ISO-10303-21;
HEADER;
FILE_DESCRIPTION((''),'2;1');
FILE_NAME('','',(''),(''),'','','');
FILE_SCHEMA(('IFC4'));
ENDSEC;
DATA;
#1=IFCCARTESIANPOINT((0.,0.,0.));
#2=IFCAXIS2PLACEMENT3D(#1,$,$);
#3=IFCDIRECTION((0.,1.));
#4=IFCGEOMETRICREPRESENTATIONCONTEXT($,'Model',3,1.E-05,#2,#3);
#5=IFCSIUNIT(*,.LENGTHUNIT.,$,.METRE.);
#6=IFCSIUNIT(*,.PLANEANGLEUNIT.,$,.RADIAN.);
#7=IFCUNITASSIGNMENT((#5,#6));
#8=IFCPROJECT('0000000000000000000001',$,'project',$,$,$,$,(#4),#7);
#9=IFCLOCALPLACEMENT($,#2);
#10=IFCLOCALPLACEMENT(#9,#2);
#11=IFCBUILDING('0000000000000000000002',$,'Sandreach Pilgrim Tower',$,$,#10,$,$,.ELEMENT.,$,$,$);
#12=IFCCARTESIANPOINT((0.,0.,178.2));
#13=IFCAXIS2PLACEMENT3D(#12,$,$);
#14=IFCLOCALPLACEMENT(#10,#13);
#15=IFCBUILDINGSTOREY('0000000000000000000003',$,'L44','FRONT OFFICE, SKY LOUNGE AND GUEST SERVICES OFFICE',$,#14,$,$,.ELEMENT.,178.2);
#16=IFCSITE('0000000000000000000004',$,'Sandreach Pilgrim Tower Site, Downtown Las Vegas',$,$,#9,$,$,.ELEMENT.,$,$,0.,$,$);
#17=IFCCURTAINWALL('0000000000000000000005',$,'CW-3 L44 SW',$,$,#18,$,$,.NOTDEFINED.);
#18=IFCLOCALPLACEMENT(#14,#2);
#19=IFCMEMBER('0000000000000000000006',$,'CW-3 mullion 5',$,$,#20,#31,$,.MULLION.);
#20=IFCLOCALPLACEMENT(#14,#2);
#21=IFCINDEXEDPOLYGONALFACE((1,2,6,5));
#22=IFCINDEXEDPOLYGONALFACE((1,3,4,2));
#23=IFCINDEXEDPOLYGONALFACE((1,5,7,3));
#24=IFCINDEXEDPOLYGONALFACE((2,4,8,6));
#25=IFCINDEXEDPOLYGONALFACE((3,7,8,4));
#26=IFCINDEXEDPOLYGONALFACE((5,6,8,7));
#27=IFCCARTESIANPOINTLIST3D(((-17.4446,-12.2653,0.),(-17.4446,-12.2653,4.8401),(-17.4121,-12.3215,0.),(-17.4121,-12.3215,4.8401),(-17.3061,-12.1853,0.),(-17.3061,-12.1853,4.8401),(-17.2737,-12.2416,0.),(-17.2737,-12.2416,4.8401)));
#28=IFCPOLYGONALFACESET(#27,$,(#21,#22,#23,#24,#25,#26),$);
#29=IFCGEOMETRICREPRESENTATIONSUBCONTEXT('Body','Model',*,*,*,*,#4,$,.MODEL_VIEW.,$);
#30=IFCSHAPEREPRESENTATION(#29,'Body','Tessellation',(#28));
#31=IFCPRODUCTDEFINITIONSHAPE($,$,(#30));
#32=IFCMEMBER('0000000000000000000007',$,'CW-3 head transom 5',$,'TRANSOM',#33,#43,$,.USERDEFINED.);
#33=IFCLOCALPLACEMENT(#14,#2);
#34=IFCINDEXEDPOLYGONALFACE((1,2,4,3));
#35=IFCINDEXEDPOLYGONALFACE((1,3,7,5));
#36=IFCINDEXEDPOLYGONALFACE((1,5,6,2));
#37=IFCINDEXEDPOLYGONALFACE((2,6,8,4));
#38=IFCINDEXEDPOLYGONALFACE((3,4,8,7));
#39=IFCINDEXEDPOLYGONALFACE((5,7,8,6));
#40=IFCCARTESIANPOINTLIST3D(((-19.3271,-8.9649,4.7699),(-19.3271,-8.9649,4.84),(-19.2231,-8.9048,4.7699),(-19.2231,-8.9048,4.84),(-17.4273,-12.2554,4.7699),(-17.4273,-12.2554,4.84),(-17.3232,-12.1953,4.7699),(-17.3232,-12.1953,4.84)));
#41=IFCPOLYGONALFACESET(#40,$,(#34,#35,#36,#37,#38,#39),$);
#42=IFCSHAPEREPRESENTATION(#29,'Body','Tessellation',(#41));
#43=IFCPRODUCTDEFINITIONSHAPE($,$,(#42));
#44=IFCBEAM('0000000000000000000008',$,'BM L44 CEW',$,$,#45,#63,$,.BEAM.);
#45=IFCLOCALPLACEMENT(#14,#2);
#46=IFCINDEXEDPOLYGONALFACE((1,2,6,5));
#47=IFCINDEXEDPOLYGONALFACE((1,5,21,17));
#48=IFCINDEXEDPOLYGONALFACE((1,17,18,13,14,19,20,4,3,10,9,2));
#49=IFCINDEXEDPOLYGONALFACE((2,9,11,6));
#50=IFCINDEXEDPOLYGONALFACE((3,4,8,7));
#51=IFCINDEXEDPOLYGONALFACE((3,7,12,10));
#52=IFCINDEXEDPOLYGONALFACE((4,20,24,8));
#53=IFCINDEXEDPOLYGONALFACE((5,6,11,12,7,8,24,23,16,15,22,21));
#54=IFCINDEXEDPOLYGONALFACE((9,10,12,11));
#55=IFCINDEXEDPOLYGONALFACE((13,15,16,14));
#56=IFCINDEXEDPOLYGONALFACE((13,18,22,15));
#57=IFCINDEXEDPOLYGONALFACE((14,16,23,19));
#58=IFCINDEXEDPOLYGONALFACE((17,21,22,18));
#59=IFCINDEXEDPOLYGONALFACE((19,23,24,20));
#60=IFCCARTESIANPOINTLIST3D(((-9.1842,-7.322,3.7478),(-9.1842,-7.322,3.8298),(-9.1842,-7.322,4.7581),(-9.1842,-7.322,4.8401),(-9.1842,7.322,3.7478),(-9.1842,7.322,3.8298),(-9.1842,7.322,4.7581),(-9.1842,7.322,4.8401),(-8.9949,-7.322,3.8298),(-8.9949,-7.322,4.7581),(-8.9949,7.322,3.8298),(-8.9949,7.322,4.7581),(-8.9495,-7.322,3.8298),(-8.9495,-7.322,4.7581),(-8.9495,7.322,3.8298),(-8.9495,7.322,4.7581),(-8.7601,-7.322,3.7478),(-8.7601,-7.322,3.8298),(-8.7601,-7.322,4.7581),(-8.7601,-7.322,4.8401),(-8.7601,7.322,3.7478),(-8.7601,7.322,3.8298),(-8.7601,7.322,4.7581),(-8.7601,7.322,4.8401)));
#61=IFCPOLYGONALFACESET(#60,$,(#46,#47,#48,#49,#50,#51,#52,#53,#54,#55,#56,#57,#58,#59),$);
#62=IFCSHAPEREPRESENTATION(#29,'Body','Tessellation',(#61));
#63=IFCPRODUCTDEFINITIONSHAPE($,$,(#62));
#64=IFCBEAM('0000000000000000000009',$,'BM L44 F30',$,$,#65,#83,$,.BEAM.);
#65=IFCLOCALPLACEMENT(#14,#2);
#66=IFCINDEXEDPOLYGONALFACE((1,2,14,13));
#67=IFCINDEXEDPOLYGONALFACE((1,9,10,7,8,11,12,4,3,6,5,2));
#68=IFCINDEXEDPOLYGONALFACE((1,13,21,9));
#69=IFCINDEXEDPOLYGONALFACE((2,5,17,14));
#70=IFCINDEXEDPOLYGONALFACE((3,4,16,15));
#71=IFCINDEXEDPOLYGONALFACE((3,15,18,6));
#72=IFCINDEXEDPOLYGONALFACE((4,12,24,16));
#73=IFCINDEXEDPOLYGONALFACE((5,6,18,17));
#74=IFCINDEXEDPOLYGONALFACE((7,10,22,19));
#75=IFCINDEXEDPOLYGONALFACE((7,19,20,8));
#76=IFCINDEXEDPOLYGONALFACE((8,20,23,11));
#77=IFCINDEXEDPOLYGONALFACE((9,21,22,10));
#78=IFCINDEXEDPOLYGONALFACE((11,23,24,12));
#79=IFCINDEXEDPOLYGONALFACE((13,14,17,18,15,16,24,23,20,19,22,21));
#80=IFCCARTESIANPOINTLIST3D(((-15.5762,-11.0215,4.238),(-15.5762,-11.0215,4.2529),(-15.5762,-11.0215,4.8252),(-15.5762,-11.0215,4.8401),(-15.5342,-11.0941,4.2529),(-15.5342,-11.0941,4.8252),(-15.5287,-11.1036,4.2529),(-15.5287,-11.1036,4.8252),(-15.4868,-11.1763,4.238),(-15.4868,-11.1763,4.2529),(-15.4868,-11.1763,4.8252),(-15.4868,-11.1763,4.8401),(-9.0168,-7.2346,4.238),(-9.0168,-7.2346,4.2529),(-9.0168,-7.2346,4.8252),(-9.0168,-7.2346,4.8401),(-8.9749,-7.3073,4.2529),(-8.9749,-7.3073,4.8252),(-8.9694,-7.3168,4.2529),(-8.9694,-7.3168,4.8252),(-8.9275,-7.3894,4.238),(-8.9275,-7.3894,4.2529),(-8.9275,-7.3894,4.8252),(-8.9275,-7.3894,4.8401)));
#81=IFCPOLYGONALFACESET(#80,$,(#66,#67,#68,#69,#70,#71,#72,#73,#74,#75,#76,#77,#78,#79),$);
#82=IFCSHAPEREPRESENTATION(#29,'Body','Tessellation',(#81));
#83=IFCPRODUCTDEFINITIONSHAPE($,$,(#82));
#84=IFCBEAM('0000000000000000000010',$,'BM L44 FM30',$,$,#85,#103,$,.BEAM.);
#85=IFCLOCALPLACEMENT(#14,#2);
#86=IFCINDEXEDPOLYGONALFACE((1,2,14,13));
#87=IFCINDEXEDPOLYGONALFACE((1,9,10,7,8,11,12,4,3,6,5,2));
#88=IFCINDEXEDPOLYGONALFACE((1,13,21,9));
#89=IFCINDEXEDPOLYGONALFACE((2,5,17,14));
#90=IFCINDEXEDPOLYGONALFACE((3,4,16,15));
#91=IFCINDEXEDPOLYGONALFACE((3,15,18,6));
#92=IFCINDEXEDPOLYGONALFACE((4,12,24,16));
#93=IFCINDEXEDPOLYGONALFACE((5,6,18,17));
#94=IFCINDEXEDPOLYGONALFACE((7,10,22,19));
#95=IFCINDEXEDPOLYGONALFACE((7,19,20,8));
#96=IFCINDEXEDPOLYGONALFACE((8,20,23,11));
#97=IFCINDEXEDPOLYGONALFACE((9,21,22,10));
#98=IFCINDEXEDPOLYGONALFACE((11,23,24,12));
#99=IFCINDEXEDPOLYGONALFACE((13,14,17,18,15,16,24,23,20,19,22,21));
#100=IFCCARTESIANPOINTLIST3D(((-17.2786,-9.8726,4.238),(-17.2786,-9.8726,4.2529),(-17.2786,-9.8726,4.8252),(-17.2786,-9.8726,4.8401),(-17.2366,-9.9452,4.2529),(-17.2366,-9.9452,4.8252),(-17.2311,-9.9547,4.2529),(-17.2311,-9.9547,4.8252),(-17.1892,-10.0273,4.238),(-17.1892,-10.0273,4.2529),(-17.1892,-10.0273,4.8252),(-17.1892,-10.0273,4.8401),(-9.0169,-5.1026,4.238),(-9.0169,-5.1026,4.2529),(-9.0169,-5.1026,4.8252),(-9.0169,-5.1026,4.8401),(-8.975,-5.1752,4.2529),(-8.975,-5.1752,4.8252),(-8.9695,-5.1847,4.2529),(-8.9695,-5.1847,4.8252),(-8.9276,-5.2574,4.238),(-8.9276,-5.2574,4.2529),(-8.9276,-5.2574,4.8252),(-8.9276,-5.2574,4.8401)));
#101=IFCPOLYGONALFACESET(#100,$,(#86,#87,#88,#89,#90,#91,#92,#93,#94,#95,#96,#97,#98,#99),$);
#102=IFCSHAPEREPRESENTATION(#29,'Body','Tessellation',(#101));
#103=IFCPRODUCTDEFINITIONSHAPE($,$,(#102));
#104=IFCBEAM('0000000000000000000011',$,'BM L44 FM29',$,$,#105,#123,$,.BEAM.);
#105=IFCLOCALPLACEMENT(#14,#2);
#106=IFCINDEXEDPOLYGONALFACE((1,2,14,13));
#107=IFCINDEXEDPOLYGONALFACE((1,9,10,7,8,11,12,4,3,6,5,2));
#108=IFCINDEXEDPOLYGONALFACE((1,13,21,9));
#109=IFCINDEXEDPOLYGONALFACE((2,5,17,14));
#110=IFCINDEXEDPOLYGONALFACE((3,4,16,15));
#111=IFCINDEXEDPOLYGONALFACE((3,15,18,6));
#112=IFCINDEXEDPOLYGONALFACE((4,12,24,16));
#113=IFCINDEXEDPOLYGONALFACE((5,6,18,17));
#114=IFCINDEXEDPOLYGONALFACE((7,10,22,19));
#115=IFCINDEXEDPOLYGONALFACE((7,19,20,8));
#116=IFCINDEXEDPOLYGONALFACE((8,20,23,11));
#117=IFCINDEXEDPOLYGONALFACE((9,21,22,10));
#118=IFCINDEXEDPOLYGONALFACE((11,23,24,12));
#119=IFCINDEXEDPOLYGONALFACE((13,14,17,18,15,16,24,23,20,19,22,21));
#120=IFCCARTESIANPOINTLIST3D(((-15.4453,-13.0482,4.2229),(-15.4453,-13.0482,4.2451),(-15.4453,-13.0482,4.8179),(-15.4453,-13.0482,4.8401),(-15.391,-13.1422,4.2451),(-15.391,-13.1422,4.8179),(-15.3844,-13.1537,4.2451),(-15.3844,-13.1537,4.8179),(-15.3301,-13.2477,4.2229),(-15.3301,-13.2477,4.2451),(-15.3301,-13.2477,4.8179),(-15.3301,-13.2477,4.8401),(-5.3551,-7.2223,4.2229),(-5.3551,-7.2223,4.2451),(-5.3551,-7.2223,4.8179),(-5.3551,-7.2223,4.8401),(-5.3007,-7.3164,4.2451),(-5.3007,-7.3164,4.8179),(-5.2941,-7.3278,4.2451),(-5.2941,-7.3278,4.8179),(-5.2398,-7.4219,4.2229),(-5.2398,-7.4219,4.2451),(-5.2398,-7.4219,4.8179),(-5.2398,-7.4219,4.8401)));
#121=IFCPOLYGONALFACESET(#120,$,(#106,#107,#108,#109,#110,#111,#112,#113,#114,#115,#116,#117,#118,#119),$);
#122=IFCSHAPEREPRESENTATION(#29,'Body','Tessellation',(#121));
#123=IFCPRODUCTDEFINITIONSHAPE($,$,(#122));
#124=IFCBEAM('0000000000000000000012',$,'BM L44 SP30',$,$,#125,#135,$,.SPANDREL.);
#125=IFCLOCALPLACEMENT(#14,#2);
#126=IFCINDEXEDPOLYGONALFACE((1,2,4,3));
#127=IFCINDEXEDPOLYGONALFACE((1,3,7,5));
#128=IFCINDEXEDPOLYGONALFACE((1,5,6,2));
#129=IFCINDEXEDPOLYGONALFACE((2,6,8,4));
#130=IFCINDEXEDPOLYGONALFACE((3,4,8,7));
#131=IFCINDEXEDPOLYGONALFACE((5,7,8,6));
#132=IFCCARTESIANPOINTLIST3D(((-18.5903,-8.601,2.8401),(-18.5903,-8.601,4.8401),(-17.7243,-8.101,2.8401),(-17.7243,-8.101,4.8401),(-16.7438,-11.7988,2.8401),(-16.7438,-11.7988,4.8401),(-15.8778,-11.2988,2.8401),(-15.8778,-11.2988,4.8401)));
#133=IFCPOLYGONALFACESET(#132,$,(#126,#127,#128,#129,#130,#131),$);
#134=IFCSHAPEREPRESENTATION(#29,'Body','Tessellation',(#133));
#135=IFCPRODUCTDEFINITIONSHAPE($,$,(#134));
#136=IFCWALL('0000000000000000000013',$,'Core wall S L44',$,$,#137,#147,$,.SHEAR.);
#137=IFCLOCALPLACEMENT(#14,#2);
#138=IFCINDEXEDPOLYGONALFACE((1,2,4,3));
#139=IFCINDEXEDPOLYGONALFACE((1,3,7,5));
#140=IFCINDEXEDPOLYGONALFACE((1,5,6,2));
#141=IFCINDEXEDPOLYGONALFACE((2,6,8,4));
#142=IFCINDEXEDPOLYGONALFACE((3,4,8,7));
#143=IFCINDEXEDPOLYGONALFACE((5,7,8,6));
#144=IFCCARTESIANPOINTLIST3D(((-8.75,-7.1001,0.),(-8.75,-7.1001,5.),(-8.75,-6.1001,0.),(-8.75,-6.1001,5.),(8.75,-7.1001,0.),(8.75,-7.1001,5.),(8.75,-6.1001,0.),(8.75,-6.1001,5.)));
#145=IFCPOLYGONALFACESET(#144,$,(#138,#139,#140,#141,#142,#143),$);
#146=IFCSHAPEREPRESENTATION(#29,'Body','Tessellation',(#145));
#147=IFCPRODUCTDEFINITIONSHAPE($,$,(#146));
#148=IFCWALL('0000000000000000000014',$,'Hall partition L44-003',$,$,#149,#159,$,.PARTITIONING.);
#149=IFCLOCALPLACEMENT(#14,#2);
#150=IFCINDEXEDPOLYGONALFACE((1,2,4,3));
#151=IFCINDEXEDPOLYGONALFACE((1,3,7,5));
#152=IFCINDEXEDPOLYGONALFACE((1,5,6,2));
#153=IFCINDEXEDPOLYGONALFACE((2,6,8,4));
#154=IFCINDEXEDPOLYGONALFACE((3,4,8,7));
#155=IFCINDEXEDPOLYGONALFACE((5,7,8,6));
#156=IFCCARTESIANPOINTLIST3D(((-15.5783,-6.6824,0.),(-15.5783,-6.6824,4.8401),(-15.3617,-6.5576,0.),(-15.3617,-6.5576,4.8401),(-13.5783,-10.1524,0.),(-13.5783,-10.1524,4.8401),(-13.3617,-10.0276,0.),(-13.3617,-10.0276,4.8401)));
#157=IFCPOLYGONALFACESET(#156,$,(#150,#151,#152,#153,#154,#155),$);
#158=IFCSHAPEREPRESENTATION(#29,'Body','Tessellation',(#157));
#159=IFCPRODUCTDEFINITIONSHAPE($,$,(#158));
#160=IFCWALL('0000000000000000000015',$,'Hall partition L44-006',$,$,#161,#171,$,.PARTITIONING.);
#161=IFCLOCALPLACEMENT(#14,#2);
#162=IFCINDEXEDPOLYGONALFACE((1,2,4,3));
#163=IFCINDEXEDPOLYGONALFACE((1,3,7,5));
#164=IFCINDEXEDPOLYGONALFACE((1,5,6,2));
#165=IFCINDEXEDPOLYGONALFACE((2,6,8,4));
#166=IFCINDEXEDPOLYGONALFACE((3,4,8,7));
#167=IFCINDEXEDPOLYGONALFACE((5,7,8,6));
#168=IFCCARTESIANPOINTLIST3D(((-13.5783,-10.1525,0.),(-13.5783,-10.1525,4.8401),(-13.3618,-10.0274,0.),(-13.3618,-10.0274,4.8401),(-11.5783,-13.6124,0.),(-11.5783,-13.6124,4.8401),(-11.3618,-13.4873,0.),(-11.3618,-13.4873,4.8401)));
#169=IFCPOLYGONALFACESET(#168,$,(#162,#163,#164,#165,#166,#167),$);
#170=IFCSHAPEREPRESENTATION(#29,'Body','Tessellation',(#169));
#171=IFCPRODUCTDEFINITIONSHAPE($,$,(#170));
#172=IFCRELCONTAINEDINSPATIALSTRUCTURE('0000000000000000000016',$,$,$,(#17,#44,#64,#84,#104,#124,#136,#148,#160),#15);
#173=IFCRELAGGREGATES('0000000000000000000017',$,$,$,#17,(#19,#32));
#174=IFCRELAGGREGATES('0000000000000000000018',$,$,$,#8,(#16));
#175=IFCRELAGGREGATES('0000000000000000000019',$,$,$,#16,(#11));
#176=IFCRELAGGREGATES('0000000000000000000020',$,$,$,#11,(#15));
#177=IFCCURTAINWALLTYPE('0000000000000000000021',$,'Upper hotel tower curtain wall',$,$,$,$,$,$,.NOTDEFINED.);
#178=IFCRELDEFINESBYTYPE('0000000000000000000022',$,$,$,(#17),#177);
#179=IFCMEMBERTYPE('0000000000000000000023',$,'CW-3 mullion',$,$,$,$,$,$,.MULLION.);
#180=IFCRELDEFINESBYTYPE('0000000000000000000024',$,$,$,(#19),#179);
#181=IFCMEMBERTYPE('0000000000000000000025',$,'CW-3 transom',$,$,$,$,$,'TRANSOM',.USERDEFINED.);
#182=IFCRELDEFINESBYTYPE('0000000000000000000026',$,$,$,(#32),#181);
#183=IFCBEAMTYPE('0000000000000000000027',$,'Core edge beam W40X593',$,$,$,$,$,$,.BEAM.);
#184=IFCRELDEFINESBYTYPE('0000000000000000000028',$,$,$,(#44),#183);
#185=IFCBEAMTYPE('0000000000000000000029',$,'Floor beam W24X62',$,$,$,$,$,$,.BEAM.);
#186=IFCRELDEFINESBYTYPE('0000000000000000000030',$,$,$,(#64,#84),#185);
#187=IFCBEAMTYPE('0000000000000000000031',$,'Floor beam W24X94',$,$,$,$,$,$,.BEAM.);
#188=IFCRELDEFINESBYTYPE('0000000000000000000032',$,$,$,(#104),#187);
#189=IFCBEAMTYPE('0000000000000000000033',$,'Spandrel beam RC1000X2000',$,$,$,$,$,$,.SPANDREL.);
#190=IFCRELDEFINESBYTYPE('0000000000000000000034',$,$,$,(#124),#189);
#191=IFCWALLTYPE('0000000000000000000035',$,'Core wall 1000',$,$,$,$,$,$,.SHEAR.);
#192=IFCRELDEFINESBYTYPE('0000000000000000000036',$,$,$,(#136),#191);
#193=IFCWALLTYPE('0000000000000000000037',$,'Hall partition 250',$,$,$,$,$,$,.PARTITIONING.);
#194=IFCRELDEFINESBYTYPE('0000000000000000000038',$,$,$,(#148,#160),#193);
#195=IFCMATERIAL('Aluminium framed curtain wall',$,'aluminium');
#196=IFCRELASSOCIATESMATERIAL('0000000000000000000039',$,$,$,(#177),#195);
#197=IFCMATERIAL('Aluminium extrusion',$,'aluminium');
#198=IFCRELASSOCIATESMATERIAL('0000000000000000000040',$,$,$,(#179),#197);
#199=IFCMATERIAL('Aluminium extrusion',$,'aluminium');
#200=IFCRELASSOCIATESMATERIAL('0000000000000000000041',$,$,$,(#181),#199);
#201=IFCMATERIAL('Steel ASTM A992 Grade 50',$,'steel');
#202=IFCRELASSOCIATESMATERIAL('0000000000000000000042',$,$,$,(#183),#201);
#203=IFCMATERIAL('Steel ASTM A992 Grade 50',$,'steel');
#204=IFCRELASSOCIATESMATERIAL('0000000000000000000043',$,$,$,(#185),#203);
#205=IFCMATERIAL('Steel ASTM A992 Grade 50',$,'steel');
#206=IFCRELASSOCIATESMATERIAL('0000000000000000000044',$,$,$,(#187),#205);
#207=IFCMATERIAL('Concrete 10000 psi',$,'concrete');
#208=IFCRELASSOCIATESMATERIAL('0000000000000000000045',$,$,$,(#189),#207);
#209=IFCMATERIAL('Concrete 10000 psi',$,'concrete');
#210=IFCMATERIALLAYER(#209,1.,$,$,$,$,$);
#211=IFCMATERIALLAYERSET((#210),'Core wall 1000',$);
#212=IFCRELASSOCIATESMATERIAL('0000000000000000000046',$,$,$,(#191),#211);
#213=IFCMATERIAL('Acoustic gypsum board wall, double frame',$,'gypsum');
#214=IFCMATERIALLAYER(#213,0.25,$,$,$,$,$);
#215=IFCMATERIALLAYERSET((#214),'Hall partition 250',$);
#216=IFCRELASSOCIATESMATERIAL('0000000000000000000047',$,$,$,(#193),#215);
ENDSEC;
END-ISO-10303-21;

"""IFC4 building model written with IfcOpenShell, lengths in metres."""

from ifc_helpers import new_model, si_unit, direction, frame, frame_2d, origin, origin_2d, place, context, subcontext, project, spatial, rectangle, i_section, extrude, material, layer, layer_set, material_profile, profile_set, type_object, element, aggregate, save


model = new_model("IFC4")

# Units and contexts
model_context = context("Model", 3, precision=1e-05, world=origin(), true_north=direction((0.0, 1.0)))
body_context = subcontext(model_context, "Body", "Model", "MODEL_VIEW")
ifc_project = project(units=[si_unit("LENGTHUNIT", "METRE"), si_unit("PLANEANGLEUNIT", "RADIAN")], contexts=[model_context])

# Site, building, storey
site_placement = place(None, origin())
site = spatial("IfcSite", under=ifc_project, at=site_placement, Name="Sandreach Pilgrim Tower Site, Downtown Las Vegas", CompositionType="ELEMENT", RefElevation=0.0)
building_placement = place(site_placement, origin())
building = spatial("IfcBuilding", under=site, at=building_placement, Name="Sandreach Pilgrim Tower", CompositionType="ELEMENT")
storey_placement = place(building_placement, frame((0.0, 0.0, 178.2)))
storey = spatial("IfcBuildingStorey", under=building, at=storey_placement, Name="L44", Description="FRONT OFFICE, SKY LOUNGE AND GUEST SERVICES OFFICE", CompositionType="ELEMENT", Elevation=178.2)

# Curtain wall, members
ifc_material_1 = material(Name="Aluminium framed curtain wall", Category="aluminium")
curtain_wall_type = type_object("IfcCurtainWallType", Name="Upper hotel tower curtain wall", PredefinedType="NOTDEFINED", material=ifc_material_1)
curtain_wall_placement = place(storey_placement, origin())
curtain_wall = element("IfcCurtainWall", 1, at=curtain_wall_placement, inside=storey, type_object=curtain_wall_type, Name="CW-3 L44 SW", PredefinedType="NOTDEFINED")
ifc_material_2 = material(Name="Aluminium extrusion", Category="aluminium")
ifc_material_profile_1 = material_profile(ifc_material_2, rectangle(XDim=0.0649, YDim=0.1599, at=origin_2d()), Name="CW-3M 65X160")
ifc_profile_set_1 = profile_set([ifc_material_profile_1], Name="Aluminium extrusion")
member_type_1 = type_object("IfcMemberType", Name="CW-3 mullion", PredefinedType="MULLION", material=ifc_profile_set_1)
member_1_placement = place(storey_placement, frame((-17.3591, -12.2534, 0.0), z_axis=(0.0, 0.0, 1.0), x_axis=(-0.5, 0.866025, 0.0)))
member_1 = element("IfcMember", 2, at=member_1_placement, type_object=member_type_1, Name="CW-3 mullion 5", PredefinedType="MULLION", context=body_context, shape_type="SweptSolid", body=[
    extrude(rectangle(XDim=0.0649, YDim=0.1599, at=origin_2d()), origin(), (0.0, 0.0, 1.0), 4.8401),
])
ifc_material_3 = material(Name="Aluminium extrusion", Category="aluminium")
ifc_material_profile_2 = material_profile(ifc_material_3, rectangle(XDim=0.1201, YDim=0.0701, at=origin_2d()), Name="CW-3T 120X70")
ifc_profile_set_2 = profile_set([ifc_material_profile_2], Name="Aluminium extrusion")
member_type_2 = type_object("IfcMemberType", Name="CW-3 transom", ElementType="TRANSOM", PredefinedType="USERDEFINED", material=ifc_profile_set_2)
member_2_placement = place(storey_placement, frame((-17.3752, -12.2253, 4.8049), z_axis=(-0.500023, 0.866012, 0.0), x_axis=(-0.866012, -0.500023, 0.0)))
member_2 = element("IfcMember", 3, at=member_2_placement, type_object=member_type_2, Name="CW-3 head transom 5", ObjectType="TRANSOM", PredefinedType="USERDEFINED", context=body_context, shape_type="SweptSolid", body=[
    extrude(rectangle(XDim=0.1201, YDim=0.0701, at=origin_2d()), origin(), (0.0, 0.0, 1.0), 3.7996),
])
aggregate(curtain_wall, [member_1, member_2])

# Beams
ifc_material_4 = material(Name="Steel ASTM A992 Grade 50", Category="steel")
ifc_material_profile_3 = material_profile(ifc_material_4, i_section(OverallWidth=0.4241, OverallDepth=1.0923, WebThickness=0.0454, FlangeThickness=0.082, at=origin_2d()), Name="W40X593")
ifc_profile_set_3 = profile_set([ifc_material_profile_3], Name="Steel ASTM A992 Grade 50")
beam_type_1 = type_object("IfcBeamType", Name="Core edge beam W40X593", PredefinedType="BEAM", material=ifc_profile_set_3)
beam_1_placement = place(storey_placement, frame((-8.9722, -7.322, 4.2939), z_axis=(0.0, 1.0, 0.0), x_axis=(-1.0, 0.0, 0.0)))
element("IfcBeam", 4, at=beam_1_placement, inside=storey, type_object=beam_type_1, Name="BM L44 CEW", PredefinedType="BEAM", context=body_context, shape_type="SweptSolid", body=[
    extrude(i_section(OverallWidth=0.4241, OverallDepth=1.0923, WebThickness=0.0454, FlangeThickness=0.082, at=origin_2d()), origin(), (0.0, 0.0, 1.0), 14.644),
])
ifc_material_5 = material(Name="Steel ASTM A992 Grade 50", Category="steel")
ifc_material_profile_4 = material_profile(ifc_material_5, i_section(OverallWidth=0.1787, OverallDepth=0.6021, WebThickness=0.011, FlangeThickness=0.0149, at=origin_2d()), Name="W24X62")
ifc_profile_set_4 = profile_set([ifc_material_profile_4], Name="Steel ASTM A992 Grade 50")
beam_type_2 = type_object("IfcBeamType", Name="Floor beam W24X62", PredefinedType="BEAM", material=ifc_profile_set_4)
beam_2_placement = place(storey_placement, frame((-15.5315, -11.0989, 4.5391), z_axis=(0.866035, 0.499984, 0.0), x_axis=(-0.499984, 0.866035, 0.0)))
element("IfcBeam", 5, at=beam_2_placement, inside=storey, type_object=beam_type_2, Name="BM L44 F30", PredefinedType="BEAM", context=body_context, shape_type="SweptSolid", body=[
    extrude(i_section(OverallWidth=0.1787, OverallDepth=0.6021, WebThickness=0.011, FlangeThickness=0.0149, at=origin_2d()), origin(), (0.0, 0.0, 1.0), 7.574),
])
beam_3_placement = place(storey_placement, frame((-17.2339, -9.95, 4.5391), z_axis=(0.86602, 0.500009, 0.0), x_axis=(-0.500009, 0.86602, 0.0)))
element("IfcBeam", 6, at=beam_3_placement, inside=storey, type_object=beam_type_2, Name="BM L44 FM30", PredefinedType="BEAM", context=body_context, shape_type="SweptSolid", body=[
    extrude(i_section(OverallWidth=0.1787, OverallDepth=0.6021, WebThickness=0.011, FlangeThickness=0.0149, at=origin_2d()), origin(), (0.0, 0.0, 1.0), 9.5398),
])
ifc_material_6 = material(Name="Steel ASTM A992 Grade 50", Category="steel")
ifc_material_profile_5 = material_profile(ifc_material_6, i_section(OverallWidth=0.2305, OverallDepth=0.6172, WebThickness=0.0132, FlangeThickness=0.0222, at=origin_2d()), Name="W24X94")
ifc_profile_set_5 = profile_set([ifc_material_profile_5], Name="Steel ASTM A992 Grade 50")
beam_type_3 = type_object("IfcBeamType", Name="Floor beam W24X94", PredefinedType="BEAM", material=ifc_profile_set_5)
beam_4_placement = place(storey_placement, frame((-15.3877, -13.1479, 4.5315), z_axis=(0.866015, 0.500017, 0.0), x_axis=(-0.500017, 0.866015, 0.0)))
element("IfcBeam", 7, at=beam_4_placement, inside=storey, type_object=beam_type_3, Name="BM L44 FM29", PredefinedType="BEAM", context=body_context, shape_type="SweptSolid", body=[
    extrude(i_section(OverallWidth=0.2305, OverallDepth=0.6172, WebThickness=0.0132, FlangeThickness=0.0222, at=origin_2d()), origin(), (0.0, 0.0, 1.0), 11.6514),
])
ifc_material_7 = material(Name="Concrete 10000 psi", Category="concrete")
ifc_material_profile_6 = material_profile(ifc_material_7, rectangle(XDim=1.0, YDim=2.0, at=origin_2d()), Name="RC1000X2000")
ifc_profile_set_6 = profile_set([ifc_material_profile_6], Name="Concrete 10000 psi")
beam_type_4 = type_object("IfcBeamType", Name="Spandrel beam RC1000X2000", PredefinedType="SPANDREL", material=ifc_profile_set_6)
beam_5_placement = place(storey_placement, frame((-16.3108, -11.5488, 3.8401), z_axis=(-0.500043, 0.866001, 0.0), x_axis=(-0.866001, -0.500043, 0.0)))
element("IfcBeam", 8, at=beam_5_placement, inside=storey, type_object=beam_type_4, Name="BM L44 SP30", PredefinedType="SPANDREL", context=body_context, shape_type="SweptSolid", body=[
    extrude(rectangle(XDim=1.0, YDim=2.0, at=origin_2d()), origin(), (0.0, 0.0, 1.0), 3.6926),
])

# Walls
ifc_material_8 = material(Name="Concrete 10000 psi", Category="concrete")
ifc_layer_1 = layer(ifc_material_8, 1.0)
ifc_layer_set_1 = layer_set([ifc_layer_1], Name="Core wall 1000")
wall_type_1 = type_object("IfcWallType", Name="Core wall 1000", PredefinedType="SHEAR", material=ifc_layer_set_1)
wall_1_placement = place(storey_placement, frame((-8.75, -6.6001, 0.0), z_axis=(0.0, 0.0, 1.0), x_axis=(1.0, 0.0, 0.0)))
element("IfcWall", 9, at=wall_1_placement, inside=storey, type_object=wall_type_1, Name="Core wall S L44", PredefinedType="SHEAR", context=body_context, shape_type="SweptSolid", body=[
    extrude(rectangle(XDim=17.5, YDim=1.0, at=frame_2d((8.75, 0.0))), origin(), (0.0, 0.0, 1.0), 5.0),
])
ifc_material_9 = material(Name="Acoustic gypsum board wall, double frame", Category="gypsum")
ifc_layer_2 = layer(ifc_material_9, 0.25)
ifc_layer_set_2 = layer_set([ifc_layer_2], Name="Hall partition 250")
wall_type_2 = type_object("IfcWallType", Name="Hall partition 250", PredefinedType="PARTITIONING", material=ifc_layer_set_2)
wall_2_placement = place(storey_placement, frame((-15.47, -6.6201, 0.0), z_axis=(0.0, 0.0, 1.0), x_axis=(0.499365, -0.866392, 0.0)))
element("IfcWall", 10, at=wall_2_placement, inside=storey, type_object=wall_type_2, Name="Hall partition L44-003", PredefinedType="PARTITIONING", context=body_context, shape_type="SweptSolid", body=[
    extrude(rectangle(XDim=4.0051, YDim=0.25, at=frame_2d((2.0024, 0.0))), origin(), (0.0, 0.0, 1.0), 4.8401),
])
wall_3_placement = place(storey_placement, frame((-13.47, -10.0901, 0.0), z_axis=(0.0, 0.0, 1.0), x_axis=(0.500449, -0.865766, 0.0)))
element("IfcWall", 11, at=wall_3_placement, inside=storey, type_object=wall_type_2, Name="Hall partition L44-006", PredefinedType="PARTITIONING", context=body_context, shape_type="SweptSolid", body=[
    extrude(rectangle(XDim=3.9963, YDim=0.25, at=frame_2d((1.998, 0.0))), origin(), (0.0, 0.0, 1.0), 4.8401),
])

save(model, "model.ifc")
